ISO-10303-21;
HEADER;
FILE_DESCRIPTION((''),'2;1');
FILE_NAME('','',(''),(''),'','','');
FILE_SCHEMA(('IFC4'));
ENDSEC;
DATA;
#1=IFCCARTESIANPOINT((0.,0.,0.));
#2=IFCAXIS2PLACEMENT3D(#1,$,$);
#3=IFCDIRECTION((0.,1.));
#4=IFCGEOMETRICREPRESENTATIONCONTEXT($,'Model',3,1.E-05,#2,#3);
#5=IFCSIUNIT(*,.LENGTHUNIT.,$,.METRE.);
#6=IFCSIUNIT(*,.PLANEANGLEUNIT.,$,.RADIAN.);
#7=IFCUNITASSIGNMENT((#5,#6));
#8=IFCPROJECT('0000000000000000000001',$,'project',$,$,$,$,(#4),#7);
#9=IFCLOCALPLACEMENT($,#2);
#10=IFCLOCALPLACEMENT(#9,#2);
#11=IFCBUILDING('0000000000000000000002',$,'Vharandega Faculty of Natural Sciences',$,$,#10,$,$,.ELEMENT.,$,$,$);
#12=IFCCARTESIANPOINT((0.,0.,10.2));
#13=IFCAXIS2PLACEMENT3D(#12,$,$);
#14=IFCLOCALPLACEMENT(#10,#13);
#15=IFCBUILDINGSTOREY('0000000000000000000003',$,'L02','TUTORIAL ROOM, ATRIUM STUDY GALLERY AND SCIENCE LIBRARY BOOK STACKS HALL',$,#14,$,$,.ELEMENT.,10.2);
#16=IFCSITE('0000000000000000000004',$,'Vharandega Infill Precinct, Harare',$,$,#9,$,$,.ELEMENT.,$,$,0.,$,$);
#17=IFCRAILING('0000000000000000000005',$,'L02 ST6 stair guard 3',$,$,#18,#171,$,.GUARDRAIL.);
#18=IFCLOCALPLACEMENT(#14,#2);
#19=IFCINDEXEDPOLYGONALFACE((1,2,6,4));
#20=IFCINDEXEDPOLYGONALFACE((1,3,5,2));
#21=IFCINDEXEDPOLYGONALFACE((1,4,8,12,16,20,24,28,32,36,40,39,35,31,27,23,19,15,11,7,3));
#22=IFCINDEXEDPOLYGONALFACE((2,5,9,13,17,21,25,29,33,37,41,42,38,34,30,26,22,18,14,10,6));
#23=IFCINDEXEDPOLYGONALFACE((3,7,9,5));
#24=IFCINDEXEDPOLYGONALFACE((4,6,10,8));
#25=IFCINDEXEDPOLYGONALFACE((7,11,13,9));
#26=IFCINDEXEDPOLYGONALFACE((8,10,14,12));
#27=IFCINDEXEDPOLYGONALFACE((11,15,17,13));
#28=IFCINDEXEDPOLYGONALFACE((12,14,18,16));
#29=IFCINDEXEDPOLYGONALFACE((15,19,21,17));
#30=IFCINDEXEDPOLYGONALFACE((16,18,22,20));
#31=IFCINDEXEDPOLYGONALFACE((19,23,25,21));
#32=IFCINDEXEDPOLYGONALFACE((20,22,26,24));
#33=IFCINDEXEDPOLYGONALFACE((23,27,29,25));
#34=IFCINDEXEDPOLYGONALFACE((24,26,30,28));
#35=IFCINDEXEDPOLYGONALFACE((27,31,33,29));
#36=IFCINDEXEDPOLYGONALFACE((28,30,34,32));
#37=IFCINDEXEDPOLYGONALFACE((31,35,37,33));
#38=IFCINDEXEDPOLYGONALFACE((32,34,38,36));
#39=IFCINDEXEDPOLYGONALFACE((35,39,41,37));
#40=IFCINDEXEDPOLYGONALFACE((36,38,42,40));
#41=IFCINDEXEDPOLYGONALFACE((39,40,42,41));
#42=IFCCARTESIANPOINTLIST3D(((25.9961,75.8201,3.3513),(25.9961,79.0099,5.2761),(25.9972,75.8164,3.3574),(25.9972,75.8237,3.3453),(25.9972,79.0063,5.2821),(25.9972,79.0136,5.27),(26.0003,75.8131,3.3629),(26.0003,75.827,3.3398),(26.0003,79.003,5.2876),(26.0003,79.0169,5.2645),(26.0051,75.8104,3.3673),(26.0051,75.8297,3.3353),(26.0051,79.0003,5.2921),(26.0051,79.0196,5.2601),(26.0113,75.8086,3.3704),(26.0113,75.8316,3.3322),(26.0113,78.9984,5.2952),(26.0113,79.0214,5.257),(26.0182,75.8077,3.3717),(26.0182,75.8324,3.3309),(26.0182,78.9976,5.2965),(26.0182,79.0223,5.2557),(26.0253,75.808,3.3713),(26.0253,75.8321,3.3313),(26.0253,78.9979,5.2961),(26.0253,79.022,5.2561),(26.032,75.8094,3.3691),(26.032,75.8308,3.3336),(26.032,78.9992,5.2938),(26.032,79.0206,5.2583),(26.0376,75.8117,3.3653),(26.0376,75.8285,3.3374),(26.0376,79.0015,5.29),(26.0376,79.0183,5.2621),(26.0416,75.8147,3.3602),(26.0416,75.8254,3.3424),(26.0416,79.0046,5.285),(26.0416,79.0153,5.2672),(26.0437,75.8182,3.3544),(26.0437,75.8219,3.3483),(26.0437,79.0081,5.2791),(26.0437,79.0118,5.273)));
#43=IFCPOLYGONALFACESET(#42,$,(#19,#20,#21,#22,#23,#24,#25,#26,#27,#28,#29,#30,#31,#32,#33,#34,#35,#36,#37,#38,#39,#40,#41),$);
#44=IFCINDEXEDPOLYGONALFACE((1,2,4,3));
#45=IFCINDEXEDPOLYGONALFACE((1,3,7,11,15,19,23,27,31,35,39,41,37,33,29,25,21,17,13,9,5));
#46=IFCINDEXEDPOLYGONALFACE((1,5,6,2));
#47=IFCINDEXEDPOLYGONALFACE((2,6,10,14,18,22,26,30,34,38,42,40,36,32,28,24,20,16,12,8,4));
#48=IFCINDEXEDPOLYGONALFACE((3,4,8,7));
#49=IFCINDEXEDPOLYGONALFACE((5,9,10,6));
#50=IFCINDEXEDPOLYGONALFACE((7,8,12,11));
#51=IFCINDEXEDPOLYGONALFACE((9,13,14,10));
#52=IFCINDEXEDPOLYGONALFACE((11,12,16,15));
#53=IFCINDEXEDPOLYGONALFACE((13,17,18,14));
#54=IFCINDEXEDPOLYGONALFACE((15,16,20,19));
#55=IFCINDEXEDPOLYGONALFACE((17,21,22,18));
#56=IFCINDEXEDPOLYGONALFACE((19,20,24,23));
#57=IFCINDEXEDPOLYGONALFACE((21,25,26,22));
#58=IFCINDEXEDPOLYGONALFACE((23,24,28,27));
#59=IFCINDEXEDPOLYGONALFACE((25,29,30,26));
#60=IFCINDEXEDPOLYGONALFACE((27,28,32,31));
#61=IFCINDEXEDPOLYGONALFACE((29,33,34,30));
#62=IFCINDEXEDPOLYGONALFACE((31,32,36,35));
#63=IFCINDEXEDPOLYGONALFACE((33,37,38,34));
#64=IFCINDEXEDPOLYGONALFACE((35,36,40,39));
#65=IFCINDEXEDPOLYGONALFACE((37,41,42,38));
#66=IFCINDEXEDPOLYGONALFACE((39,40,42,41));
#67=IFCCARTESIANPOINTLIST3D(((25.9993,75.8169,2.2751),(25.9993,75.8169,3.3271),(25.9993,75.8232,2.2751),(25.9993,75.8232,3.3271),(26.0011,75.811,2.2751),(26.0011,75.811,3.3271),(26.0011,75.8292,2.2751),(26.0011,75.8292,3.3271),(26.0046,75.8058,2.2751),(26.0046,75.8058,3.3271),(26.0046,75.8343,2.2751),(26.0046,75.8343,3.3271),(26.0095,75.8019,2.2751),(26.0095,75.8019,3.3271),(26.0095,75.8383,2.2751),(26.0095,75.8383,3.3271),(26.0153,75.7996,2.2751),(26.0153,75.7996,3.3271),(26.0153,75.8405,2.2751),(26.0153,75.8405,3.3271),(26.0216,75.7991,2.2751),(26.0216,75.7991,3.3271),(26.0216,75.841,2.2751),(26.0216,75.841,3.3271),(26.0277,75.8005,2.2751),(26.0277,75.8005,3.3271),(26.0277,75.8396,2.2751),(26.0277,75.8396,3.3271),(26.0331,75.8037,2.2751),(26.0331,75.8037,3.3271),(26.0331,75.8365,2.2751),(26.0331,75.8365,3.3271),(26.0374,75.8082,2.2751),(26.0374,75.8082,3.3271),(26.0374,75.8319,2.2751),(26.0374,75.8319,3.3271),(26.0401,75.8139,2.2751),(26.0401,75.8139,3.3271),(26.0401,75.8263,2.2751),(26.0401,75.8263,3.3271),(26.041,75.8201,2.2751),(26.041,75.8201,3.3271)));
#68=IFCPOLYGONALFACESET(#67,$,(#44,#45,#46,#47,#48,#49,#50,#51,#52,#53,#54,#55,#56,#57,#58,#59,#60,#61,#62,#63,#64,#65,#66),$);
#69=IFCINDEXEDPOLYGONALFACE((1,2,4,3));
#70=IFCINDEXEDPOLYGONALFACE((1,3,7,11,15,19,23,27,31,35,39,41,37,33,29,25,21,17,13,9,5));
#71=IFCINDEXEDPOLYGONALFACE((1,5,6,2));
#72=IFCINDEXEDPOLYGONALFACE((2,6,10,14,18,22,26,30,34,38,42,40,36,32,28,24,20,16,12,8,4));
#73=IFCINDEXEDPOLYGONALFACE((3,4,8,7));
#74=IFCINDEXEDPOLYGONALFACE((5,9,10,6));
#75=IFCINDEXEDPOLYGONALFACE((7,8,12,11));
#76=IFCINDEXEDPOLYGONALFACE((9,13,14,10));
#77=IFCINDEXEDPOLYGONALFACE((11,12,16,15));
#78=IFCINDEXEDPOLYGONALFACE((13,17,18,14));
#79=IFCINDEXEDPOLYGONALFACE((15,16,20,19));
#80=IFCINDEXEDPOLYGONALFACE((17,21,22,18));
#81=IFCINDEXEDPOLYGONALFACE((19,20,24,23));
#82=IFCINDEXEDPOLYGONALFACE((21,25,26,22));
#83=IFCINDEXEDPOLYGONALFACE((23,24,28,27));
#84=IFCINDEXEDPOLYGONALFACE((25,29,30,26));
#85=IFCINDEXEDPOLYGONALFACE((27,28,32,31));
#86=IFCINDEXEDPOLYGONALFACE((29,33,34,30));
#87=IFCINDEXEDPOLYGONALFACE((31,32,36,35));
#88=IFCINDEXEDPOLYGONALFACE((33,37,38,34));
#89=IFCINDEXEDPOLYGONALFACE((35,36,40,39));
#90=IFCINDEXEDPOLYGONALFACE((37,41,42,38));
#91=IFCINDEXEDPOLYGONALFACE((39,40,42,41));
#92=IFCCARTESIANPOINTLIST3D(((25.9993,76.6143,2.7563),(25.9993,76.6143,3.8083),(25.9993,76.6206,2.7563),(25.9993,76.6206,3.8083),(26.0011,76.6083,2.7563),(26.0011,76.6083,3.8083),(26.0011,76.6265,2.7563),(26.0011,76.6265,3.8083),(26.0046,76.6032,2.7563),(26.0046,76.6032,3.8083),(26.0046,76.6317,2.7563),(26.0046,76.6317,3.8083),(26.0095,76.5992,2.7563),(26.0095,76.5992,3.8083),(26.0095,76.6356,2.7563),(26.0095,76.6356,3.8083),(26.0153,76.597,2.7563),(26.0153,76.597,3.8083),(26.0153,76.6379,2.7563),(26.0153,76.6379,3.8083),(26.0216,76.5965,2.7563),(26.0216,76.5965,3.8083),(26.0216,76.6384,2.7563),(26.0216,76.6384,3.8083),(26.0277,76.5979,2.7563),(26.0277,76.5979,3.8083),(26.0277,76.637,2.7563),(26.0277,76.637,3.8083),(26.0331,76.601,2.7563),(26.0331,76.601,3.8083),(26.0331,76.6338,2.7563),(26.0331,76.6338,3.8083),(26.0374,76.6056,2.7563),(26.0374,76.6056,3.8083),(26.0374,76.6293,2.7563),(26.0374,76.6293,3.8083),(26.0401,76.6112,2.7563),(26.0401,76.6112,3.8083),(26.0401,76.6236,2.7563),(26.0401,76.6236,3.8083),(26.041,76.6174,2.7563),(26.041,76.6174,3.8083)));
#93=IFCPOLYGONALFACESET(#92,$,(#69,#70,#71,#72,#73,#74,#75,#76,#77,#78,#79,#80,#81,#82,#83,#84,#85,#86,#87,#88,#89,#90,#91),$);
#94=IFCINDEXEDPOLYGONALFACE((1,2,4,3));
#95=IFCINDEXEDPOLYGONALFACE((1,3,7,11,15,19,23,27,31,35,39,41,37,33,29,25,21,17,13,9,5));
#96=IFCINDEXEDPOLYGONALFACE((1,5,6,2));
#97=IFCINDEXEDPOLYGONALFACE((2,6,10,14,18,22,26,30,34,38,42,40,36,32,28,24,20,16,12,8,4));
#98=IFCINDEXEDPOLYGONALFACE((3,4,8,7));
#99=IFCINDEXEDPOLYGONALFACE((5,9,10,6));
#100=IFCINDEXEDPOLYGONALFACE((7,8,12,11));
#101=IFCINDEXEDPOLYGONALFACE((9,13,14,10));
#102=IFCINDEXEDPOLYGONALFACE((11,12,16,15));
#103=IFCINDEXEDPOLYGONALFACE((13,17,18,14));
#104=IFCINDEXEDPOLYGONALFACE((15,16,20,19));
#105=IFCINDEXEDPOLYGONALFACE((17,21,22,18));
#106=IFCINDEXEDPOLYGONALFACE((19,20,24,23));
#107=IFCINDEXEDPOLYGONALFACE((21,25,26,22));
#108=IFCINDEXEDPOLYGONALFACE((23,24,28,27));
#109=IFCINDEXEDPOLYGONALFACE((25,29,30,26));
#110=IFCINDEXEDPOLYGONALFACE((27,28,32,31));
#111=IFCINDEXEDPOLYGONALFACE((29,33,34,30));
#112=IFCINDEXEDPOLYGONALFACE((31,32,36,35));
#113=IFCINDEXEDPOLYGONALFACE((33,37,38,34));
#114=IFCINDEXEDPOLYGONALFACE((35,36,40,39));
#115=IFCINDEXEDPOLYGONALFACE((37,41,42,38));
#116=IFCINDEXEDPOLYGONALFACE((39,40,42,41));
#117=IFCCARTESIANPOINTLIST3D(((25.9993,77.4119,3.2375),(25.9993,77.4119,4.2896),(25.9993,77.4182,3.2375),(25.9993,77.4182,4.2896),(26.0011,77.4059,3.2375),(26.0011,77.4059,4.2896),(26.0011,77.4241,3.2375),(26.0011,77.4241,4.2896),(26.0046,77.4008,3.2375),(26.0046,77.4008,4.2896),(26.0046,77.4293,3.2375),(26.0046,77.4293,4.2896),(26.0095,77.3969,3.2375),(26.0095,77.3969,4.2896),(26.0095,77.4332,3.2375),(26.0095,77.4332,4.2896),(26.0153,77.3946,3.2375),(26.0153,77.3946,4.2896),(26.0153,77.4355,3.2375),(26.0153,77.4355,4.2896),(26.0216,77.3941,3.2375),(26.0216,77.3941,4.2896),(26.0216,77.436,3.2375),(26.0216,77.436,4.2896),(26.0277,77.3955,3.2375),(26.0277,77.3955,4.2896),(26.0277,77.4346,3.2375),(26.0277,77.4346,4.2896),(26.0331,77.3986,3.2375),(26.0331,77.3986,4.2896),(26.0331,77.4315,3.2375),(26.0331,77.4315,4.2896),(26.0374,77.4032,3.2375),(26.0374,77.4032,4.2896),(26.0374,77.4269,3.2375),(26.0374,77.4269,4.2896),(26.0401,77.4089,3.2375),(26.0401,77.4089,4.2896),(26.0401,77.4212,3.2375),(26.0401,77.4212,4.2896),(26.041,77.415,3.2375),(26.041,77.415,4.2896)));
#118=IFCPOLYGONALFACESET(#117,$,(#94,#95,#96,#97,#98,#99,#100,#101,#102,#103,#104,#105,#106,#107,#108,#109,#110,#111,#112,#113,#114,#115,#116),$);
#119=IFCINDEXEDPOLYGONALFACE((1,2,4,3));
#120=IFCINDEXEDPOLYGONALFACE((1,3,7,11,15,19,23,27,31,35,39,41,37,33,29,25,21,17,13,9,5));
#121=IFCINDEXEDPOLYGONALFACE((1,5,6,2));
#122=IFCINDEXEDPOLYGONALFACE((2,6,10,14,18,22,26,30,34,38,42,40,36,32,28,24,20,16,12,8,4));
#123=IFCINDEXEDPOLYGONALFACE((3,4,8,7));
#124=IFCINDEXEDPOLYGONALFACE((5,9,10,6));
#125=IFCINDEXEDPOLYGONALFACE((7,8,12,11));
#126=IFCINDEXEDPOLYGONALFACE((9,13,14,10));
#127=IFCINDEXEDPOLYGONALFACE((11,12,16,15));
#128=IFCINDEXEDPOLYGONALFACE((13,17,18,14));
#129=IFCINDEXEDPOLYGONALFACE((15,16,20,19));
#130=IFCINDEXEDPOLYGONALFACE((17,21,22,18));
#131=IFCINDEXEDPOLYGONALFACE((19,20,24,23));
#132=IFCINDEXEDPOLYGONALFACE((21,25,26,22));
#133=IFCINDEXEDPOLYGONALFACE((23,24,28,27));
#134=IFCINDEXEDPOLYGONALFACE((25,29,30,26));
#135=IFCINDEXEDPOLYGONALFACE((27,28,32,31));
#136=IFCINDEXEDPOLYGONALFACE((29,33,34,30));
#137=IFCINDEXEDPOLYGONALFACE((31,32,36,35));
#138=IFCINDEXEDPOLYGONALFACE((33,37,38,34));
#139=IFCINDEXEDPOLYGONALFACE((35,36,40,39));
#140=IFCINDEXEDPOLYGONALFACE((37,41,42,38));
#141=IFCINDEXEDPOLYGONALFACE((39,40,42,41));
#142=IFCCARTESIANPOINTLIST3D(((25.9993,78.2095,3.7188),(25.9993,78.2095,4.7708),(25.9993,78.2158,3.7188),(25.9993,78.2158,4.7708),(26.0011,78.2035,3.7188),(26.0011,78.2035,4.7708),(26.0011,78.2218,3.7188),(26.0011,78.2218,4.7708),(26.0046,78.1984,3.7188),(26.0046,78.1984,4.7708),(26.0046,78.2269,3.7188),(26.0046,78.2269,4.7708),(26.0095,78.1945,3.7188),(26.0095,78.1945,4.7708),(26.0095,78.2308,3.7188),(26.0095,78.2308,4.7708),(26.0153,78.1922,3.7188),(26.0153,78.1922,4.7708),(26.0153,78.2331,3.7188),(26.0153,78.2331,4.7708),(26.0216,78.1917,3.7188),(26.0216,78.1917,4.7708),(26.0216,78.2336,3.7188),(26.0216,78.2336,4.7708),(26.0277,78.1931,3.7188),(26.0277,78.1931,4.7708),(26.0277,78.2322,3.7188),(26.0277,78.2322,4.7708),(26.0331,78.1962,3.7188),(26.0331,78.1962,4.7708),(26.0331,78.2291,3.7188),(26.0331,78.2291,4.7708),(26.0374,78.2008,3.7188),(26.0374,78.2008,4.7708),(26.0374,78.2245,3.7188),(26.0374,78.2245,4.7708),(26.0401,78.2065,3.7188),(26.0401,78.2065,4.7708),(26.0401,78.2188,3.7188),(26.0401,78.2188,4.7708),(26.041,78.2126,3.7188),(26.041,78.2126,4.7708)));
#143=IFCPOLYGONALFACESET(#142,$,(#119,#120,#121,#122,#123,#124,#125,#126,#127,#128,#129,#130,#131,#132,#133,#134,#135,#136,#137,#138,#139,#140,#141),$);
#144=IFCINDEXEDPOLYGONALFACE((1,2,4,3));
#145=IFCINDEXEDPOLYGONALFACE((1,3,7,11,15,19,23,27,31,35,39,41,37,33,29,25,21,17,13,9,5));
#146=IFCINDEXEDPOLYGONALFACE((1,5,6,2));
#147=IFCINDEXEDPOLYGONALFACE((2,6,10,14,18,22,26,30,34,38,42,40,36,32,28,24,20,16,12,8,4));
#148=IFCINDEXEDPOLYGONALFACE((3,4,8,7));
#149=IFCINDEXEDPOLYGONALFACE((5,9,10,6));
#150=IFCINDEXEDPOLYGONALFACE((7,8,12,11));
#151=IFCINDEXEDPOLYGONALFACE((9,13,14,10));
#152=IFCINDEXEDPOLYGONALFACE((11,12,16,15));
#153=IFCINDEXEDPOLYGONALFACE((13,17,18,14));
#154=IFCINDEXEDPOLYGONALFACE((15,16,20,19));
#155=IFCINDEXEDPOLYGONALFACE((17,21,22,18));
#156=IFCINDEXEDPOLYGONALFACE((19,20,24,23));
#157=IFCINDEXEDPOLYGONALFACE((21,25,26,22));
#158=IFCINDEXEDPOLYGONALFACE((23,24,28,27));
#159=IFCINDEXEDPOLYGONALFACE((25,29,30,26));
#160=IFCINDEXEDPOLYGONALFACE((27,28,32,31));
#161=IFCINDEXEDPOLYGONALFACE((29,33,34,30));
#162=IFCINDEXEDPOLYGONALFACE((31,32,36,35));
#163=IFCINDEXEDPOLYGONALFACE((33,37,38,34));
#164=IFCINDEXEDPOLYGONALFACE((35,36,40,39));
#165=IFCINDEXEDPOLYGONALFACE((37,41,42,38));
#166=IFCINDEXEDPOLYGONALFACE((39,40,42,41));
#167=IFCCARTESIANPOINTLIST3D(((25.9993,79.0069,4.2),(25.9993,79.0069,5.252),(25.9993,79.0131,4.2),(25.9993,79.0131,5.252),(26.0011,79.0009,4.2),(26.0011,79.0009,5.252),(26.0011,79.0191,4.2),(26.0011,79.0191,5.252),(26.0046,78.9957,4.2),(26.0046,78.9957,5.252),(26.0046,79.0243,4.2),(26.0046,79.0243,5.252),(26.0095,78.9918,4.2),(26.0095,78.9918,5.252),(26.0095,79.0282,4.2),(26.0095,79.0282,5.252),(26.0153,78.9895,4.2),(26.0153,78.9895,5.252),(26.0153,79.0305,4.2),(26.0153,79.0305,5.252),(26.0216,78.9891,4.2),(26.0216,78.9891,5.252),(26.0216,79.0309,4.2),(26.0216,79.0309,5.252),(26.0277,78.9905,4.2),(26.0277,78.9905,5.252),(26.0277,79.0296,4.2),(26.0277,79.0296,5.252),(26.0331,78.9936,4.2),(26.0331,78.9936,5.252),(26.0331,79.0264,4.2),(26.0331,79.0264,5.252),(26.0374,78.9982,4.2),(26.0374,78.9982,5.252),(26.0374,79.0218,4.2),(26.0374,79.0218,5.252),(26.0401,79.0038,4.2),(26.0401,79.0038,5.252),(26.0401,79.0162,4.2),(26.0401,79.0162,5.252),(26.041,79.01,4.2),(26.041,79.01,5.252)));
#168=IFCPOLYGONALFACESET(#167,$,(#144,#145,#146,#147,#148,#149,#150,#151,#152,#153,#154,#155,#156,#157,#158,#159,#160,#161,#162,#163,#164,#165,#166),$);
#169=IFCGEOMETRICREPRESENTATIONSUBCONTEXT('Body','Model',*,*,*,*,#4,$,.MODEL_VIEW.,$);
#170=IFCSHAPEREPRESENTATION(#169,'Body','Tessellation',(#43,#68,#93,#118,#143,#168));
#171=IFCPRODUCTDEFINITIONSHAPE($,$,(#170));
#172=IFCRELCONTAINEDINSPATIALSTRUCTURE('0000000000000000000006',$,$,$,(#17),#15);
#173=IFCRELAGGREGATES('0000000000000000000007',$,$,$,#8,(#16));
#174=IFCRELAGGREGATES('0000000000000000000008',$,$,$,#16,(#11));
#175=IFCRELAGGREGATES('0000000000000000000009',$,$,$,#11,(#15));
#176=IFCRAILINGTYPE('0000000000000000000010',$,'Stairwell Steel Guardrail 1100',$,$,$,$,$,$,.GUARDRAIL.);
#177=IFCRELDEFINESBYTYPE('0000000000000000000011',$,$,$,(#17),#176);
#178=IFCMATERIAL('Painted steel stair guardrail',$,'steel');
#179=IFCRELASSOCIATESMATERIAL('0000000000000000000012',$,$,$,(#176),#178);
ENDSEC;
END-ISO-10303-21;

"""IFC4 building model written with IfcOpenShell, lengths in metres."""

from ifc_helpers import new_model, si_unit, direction, frame, origin, origin_2d, place, context, subcontext, project, spatial, circle, extrude, material, type_object, element, save


model = new_model("IFC4")

# Units and contexts
model_context = context("Model", 3, precision=1e-05, world=origin(), true_north=direction((0.0, 1.0)))
body_context = subcontext(model_context, "Body", "Model", "MODEL_VIEW")
ifc_project = project(units=[si_unit("LENGTHUNIT", "METRE"), si_unit("PLANEANGLEUNIT", "RADIAN")], contexts=[model_context])

# Site, building, storey
site_placement = place(None, origin())
site = spatial("IfcSite", under=ifc_project, at=site_placement, Name="Vharandega Infill Precinct, Harare", CompositionType="ELEMENT", RefElevation=0.0)
building_placement = place(site_placement, origin())
building = spatial("IfcBuilding", under=site, at=building_placement, Name="Vharandega Faculty of Natural Sciences", CompositionType="ELEMENT")
storey_placement = place(building_placement, frame((0.0, 0.0, 10.2)))
storey = spatial("IfcBuildingStorey", under=building, at=storey_placement, Name="L02", Description="TUTORIAL ROOM, ATRIUM STUDY GALLERY AND SCIENCE LIBRARY BOOK STACKS HALL", CompositionType="ELEMENT", Elevation=10.2)

# Railing
ifc_material_1 = material(Name="Painted steel stair guardrail", Category="steel")
railing_type_1 = type_object("IfcRailingType", Name="Stairwell Steel Guardrail 1100", PredefinedType="GUARDRAIL", material=ifc_material_1)
railing_1_placement = place(storey_placement, frame((26.02, 75.8201, 2.2751)))
element("IfcRailing", 1, at=railing_1_placement, inside=storey, type_object=railing_type_1, Name="L02 ST6 stair guard 3", PredefinedType="GUARDRAIL", context=body_context, shape_type="SweptSolid", body=[
    extrude(circle(Radius=0.0239, at=origin_2d()), frame((0.0, 0.0, 1.0762), z_axis=(0.0, 0.856207, 0.516633), x_axis=(-1.0, 0.0, 0.0)), (0.0, 0.0, 1.0), 3.7256),
    extrude(circle(Radius=0.021, at=origin_2d()), origin(), (0.0, 0.0, 1.0), 1.052),
    extrude(circle(Radius=0.021, at=origin_2d()), frame((0.0, 0.7974, 0.4812)), (0.0, 0.0, 1.0), 1.052),
    extrude(circle(Radius=0.021, at=origin_2d()), frame((0.0, 1.595, 0.9624)), (0.0, 0.0, 1.0), 1.052),
    extrude(circle(Radius=0.021, at=origin_2d()), frame((0.0, 2.3926, 1.4436)), (0.0, 0.0, 1.0), 1.052),
    extrude(circle(Radius=0.021, at=origin_2d()), frame((0.0, 3.1899, 1.9248)), (0.0, 0.0, 1.0), 1.052),
])

save(model, "model.ifc")
